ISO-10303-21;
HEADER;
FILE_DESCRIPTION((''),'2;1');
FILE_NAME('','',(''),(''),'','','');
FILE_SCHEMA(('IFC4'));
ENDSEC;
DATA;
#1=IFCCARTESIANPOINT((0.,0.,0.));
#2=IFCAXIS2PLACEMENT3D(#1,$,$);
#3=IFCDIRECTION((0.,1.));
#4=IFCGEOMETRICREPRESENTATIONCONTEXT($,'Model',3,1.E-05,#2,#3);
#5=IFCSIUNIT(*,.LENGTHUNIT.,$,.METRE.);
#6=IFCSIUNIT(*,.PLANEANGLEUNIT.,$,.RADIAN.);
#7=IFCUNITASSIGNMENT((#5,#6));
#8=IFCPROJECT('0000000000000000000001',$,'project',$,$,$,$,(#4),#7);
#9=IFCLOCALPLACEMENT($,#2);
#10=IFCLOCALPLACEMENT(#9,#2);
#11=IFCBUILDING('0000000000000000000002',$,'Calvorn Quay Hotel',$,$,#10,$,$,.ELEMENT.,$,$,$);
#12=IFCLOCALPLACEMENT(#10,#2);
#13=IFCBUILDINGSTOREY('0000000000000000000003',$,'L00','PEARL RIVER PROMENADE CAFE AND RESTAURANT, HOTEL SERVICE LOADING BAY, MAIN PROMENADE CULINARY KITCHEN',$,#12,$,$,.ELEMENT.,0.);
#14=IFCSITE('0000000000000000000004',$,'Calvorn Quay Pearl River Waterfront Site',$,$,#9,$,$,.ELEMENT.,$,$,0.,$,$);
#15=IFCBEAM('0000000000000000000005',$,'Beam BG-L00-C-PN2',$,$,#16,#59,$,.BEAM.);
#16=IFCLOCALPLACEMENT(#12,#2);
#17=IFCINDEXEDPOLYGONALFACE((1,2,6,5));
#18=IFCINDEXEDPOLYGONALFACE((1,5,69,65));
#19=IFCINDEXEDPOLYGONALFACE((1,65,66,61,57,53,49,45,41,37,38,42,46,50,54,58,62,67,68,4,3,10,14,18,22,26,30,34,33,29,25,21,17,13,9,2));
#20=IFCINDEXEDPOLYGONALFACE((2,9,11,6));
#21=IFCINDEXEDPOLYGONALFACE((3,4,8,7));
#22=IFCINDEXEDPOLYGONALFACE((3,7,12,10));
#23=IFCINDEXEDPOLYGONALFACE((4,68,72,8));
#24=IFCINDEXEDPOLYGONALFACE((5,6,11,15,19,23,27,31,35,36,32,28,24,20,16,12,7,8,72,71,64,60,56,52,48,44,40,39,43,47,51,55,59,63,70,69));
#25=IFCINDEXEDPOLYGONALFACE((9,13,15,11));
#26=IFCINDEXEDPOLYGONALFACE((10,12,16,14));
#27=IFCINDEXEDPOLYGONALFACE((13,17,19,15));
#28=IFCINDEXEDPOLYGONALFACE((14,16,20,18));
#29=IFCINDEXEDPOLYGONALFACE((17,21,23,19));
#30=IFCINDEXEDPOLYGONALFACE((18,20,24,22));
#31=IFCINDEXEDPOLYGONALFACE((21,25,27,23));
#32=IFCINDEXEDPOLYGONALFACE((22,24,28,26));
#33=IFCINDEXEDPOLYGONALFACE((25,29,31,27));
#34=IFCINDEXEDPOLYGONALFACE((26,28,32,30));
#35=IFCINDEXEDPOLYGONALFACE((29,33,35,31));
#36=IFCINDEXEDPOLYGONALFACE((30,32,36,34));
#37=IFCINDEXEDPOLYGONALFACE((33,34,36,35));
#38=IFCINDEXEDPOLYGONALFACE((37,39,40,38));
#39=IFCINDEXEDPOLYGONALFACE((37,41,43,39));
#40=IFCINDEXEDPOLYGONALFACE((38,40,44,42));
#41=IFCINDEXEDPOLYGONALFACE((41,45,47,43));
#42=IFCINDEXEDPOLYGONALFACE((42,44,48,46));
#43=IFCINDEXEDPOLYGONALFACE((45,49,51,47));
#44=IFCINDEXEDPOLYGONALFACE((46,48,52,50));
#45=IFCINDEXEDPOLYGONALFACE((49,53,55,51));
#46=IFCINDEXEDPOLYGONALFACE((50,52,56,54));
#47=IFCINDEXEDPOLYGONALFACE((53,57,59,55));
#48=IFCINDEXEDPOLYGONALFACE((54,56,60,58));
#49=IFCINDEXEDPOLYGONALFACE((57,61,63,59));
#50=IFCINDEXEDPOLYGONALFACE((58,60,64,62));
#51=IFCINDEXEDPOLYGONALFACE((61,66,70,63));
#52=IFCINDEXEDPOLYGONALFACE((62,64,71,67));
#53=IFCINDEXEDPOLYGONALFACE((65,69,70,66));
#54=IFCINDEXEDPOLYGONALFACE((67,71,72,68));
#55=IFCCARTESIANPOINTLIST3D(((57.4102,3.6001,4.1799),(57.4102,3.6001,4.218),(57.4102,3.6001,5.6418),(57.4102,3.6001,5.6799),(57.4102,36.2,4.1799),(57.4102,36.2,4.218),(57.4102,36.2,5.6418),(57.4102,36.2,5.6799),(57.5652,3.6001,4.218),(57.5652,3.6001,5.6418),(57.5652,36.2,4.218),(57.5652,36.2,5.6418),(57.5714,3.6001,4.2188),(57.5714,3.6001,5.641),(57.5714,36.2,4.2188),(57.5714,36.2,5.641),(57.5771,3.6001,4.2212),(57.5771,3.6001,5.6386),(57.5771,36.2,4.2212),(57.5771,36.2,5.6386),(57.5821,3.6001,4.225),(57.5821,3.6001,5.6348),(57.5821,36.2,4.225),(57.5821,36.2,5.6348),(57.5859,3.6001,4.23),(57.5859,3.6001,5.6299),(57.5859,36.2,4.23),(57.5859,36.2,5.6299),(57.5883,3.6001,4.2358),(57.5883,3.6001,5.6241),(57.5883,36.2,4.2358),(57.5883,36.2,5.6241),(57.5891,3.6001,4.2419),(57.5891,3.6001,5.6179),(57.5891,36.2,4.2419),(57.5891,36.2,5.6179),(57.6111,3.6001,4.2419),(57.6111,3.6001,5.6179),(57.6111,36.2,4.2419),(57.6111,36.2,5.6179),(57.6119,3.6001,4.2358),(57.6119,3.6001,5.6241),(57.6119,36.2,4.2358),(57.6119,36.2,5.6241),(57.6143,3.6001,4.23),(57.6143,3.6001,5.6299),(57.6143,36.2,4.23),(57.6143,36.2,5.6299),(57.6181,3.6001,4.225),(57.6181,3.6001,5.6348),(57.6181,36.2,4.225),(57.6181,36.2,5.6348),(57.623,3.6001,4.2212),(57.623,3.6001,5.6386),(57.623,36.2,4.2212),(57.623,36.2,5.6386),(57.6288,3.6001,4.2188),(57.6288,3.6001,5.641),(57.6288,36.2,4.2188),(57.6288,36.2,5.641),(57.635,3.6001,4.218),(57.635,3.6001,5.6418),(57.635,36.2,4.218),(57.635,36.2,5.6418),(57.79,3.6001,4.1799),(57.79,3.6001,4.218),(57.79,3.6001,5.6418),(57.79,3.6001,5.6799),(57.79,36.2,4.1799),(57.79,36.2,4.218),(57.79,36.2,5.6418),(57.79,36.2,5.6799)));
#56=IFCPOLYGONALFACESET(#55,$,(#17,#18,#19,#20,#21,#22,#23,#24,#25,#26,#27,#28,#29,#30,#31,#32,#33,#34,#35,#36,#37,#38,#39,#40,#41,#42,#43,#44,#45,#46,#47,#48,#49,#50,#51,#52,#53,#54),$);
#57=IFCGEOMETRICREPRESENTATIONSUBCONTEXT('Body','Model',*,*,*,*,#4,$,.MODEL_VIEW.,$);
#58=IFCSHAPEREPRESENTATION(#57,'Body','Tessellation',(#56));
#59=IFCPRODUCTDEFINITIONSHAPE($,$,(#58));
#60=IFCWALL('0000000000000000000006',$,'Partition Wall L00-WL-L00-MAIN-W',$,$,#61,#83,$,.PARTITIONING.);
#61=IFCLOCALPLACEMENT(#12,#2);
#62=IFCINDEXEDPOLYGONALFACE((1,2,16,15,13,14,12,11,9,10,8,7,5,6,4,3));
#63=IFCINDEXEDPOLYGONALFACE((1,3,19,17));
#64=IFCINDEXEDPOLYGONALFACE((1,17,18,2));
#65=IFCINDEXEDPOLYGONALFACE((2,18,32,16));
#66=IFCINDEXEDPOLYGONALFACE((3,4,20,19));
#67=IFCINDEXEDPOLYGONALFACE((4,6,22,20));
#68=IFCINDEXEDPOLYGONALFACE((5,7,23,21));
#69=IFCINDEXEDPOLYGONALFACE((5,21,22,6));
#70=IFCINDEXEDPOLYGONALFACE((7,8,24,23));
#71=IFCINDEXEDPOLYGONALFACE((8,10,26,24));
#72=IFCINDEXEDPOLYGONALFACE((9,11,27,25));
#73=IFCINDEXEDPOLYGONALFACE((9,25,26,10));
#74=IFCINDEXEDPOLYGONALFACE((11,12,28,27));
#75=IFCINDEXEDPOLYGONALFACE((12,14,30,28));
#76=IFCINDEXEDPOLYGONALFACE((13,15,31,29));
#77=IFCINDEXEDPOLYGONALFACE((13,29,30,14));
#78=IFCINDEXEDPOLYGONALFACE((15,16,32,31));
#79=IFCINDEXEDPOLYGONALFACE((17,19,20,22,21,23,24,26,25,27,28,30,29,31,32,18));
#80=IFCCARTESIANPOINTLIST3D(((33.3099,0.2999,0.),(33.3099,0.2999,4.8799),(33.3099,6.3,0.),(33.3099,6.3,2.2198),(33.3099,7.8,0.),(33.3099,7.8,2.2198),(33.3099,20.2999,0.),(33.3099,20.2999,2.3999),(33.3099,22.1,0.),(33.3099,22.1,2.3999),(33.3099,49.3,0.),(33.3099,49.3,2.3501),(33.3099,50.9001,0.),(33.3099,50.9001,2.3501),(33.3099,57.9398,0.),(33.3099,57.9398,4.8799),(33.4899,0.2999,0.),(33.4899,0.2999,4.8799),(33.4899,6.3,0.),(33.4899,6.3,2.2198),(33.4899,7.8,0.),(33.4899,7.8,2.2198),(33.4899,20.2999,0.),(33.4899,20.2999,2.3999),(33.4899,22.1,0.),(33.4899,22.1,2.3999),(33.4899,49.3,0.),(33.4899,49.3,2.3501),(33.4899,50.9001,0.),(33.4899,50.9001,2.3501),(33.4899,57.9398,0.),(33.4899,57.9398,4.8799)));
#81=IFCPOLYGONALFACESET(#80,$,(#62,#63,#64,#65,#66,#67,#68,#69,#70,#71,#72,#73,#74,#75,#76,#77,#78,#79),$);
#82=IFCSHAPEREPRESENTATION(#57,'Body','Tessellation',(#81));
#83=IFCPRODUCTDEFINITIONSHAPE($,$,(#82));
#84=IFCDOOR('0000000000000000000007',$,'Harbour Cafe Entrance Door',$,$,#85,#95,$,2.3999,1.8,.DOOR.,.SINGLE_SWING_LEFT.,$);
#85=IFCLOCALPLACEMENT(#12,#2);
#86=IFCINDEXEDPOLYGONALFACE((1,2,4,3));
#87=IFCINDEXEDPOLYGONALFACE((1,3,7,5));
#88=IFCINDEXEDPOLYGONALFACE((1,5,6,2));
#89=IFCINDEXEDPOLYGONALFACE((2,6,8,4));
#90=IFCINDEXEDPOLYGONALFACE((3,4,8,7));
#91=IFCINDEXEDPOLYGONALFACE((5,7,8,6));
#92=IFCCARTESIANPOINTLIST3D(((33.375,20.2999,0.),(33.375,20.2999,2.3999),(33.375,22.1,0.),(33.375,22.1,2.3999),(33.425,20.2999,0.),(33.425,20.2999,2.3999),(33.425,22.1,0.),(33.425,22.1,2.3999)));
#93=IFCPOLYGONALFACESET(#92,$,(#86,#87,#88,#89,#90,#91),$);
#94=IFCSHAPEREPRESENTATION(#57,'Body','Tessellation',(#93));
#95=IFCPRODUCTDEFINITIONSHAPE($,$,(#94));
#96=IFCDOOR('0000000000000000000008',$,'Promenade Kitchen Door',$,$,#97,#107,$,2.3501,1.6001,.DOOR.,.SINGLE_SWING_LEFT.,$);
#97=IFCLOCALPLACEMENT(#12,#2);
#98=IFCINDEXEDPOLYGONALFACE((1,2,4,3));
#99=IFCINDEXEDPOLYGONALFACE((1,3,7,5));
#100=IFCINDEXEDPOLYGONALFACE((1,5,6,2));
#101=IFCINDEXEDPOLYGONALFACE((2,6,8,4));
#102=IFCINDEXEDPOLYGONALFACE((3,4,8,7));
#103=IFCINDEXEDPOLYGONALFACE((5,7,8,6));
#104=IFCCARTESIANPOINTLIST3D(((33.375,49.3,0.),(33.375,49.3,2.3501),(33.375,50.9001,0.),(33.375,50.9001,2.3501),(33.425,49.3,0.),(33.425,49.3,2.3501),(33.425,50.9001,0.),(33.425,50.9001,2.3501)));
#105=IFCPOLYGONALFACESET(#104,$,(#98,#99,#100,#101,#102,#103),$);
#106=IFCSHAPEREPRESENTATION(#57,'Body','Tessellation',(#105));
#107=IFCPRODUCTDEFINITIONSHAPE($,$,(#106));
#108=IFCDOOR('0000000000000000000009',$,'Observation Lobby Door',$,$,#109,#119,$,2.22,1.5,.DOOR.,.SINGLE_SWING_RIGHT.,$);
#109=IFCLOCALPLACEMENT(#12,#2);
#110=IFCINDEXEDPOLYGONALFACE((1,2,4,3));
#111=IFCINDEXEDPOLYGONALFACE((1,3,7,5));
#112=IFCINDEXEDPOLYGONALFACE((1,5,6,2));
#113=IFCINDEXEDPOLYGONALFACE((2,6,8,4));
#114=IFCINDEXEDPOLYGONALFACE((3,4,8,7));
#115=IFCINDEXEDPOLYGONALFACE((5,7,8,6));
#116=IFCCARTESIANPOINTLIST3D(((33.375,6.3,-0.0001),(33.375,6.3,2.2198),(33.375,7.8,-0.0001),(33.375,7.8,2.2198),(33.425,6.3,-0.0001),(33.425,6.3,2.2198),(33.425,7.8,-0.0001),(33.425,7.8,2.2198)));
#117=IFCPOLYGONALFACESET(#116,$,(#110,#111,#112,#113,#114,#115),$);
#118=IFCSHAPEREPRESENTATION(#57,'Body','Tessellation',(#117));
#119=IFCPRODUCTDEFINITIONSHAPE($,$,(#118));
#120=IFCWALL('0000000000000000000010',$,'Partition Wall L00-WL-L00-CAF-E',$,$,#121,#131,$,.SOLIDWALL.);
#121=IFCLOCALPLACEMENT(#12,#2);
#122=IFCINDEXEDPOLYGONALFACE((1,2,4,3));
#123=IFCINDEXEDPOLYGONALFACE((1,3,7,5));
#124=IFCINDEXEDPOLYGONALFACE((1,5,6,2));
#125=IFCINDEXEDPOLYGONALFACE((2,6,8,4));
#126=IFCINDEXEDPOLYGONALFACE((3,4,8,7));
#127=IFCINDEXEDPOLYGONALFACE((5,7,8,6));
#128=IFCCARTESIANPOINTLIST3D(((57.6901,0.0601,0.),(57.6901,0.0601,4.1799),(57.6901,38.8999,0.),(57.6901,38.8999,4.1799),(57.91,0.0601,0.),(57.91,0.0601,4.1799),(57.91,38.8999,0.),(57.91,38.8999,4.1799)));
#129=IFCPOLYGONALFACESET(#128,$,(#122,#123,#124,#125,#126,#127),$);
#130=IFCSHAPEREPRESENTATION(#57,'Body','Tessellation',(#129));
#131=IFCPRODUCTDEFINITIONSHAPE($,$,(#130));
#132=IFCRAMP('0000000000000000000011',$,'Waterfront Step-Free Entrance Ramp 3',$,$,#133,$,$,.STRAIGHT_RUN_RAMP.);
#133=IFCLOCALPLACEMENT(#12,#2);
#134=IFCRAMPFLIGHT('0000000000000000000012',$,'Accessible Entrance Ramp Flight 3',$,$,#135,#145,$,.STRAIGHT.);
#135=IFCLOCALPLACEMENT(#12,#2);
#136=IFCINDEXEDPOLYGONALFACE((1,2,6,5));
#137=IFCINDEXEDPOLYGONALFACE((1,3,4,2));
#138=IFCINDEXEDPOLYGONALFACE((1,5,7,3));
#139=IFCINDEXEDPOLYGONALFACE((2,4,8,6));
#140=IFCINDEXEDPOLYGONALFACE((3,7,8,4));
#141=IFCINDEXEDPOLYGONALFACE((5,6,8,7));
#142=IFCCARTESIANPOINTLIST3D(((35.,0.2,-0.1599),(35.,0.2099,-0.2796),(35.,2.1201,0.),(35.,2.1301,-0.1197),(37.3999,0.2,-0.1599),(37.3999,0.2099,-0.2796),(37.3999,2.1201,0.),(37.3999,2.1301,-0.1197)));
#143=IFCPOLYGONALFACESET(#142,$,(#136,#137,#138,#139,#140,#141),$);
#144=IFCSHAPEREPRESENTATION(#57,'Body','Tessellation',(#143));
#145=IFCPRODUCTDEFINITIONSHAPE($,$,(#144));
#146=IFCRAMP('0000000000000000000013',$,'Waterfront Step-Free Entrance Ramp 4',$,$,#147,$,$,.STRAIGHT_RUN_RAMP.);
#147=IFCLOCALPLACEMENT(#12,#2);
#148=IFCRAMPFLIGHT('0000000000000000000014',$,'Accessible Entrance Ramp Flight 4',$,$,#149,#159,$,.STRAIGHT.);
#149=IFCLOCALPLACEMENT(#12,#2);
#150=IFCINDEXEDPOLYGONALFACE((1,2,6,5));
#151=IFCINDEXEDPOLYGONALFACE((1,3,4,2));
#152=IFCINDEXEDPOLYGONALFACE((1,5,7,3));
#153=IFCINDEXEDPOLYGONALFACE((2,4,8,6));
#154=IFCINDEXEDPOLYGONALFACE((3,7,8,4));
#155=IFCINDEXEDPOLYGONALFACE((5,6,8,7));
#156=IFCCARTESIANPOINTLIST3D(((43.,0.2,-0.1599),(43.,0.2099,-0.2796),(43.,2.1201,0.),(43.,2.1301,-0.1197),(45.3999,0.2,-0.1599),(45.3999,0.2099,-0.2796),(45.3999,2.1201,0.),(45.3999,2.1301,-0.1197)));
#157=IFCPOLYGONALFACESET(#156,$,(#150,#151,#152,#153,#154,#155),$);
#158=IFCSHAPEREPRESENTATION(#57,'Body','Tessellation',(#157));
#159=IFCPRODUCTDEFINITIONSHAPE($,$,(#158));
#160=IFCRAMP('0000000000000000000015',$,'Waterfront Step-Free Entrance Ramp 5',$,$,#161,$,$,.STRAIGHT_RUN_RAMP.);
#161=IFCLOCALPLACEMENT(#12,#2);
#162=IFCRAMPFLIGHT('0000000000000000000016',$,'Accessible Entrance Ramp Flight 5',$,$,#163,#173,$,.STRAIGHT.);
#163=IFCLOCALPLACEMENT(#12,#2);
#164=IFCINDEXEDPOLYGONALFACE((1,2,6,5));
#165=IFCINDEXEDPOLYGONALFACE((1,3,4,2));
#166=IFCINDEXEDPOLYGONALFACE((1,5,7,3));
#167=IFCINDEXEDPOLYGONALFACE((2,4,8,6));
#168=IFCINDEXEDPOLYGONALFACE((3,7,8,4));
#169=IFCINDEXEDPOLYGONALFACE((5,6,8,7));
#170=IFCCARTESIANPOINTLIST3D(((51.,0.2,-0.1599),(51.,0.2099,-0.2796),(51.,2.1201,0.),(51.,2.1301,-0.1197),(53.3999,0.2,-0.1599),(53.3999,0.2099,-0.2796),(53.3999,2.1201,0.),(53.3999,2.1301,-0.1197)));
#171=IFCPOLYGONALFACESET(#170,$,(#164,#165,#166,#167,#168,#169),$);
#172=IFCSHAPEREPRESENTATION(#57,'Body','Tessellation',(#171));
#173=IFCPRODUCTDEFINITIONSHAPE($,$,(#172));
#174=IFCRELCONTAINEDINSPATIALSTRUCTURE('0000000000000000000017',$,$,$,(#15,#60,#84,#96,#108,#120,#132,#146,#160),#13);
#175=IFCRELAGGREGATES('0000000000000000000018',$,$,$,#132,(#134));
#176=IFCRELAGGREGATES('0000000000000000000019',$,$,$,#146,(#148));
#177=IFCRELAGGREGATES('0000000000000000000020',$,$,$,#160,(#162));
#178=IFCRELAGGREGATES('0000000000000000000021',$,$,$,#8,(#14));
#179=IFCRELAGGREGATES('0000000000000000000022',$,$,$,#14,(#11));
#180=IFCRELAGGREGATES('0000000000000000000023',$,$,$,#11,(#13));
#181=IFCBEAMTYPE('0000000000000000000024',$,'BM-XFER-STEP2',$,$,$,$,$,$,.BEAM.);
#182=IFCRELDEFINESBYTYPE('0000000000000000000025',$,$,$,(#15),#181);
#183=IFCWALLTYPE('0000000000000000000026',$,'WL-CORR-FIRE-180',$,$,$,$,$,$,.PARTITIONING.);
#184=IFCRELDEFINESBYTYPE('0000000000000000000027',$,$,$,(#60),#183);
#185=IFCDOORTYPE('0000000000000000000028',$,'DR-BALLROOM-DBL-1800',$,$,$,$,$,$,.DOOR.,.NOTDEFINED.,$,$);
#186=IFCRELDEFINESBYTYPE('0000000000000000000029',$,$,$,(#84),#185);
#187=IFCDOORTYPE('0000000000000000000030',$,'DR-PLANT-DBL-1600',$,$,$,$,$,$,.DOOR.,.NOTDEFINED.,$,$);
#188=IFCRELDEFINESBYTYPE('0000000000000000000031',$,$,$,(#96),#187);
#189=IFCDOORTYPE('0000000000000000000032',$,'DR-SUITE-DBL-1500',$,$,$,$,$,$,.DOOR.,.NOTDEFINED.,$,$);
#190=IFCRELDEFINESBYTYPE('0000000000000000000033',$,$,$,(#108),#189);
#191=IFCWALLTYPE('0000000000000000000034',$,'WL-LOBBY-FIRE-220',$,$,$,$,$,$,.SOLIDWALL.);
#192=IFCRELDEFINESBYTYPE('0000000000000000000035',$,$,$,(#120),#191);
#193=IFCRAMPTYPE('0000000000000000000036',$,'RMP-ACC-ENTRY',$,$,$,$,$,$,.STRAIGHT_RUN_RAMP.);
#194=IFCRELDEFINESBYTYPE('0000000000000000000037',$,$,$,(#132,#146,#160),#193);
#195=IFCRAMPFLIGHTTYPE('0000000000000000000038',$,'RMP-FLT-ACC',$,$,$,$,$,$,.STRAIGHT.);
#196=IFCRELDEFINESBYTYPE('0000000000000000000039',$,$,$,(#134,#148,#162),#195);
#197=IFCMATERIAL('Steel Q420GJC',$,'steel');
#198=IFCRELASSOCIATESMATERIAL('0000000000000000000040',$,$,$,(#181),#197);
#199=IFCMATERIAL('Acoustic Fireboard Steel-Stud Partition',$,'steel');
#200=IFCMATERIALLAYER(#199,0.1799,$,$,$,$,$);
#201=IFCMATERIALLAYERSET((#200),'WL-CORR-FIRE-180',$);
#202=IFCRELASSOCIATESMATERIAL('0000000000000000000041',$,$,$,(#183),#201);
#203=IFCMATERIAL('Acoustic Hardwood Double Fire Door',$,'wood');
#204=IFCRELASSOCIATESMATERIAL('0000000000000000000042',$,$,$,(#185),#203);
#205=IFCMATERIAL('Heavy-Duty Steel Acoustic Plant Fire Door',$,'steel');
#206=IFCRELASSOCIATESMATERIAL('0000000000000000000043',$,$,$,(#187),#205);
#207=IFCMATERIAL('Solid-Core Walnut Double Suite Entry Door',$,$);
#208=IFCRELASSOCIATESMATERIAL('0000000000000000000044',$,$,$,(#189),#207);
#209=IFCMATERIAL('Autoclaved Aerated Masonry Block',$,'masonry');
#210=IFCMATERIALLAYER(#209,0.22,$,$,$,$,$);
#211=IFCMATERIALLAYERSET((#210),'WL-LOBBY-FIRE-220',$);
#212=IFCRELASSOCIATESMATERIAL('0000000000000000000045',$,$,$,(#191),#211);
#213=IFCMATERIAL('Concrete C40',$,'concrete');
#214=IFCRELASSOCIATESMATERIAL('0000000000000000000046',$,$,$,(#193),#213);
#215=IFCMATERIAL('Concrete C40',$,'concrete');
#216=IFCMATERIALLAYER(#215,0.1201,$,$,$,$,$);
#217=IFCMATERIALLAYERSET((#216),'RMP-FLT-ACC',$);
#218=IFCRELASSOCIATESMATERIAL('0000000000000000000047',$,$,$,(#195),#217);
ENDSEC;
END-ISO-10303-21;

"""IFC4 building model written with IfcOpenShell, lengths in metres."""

from ifc_helpers import new_model, si_unit, direction, frame, frame_2d, origin, origin_2d, place, context, subcontext, project, spatial, polyline, rectangle, i_section, outline, extrude, material, layer, layer_set, material_profile, profile_set, type_object, element, fill, aggregate, save


model = new_model("IFC4")

# Units and contexts
model_context = context("Model", 3, precision=1e-05, world=origin(), true_north=direction((0.0, 1.0)))
body_context = subcontext(model_context, "Body", "Model", "MODEL_VIEW")
ifc_project = project(units=[si_unit("LENGTHUNIT", "METRE"), si_unit("PLANEANGLEUNIT", "RADIAN")], contexts=[model_context])

# Site, building, storey
site_placement = place(None, origin())
site = spatial("IfcSite", under=ifc_project, at=site_placement, Name="Calvorn Quay Pearl River Waterfront Site", CompositionType="ELEMENT", RefElevation=0.0)
building_placement = place(site_placement, origin())
building = spatial("IfcBuilding", under=site, at=building_placement, Name="Calvorn Quay Hotel", CompositionType="ELEMENT")
storey_placement = place(building_placement, origin())
storey = spatial("IfcBuildingStorey", under=building, at=storey_placement, Name="L00", Description="PEARL RIVER PROMENADE CAFE AND RESTAURANT, HOTEL SERVICE LOADING BAY, MAIN PROMENADE CULINARY KITCHEN", CompositionType="ELEMENT", Elevation=0.0)

# Beam
ifc_material_1 = material(Name="Steel Q420GJC", Category="steel")
ifc_material_profile_1 = material_profile(ifc_material_1, i_section(OverallWidth=0.3799, OverallDepth=1.5, WebThickness=0.022, FlangeThickness=0.0381, FilletRadius=0.0239, at=origin_2d()), Name="HN1500x380x22x38")
ifc_profile_set_1 = profile_set([ifc_material_profile_1], Name="Steel Q420GJC")
beam_type_1 = type_object("IfcBeamType", Name="BM-XFER-STEP2", PredefinedType="BEAM", material=ifc_profile_set_1)
for number, where, z_axis, x_axis, name in (
    (1, (57.6001, 3.6001, 4.9299), (0.0, 1.0, 0.0), (-1.0, 0.0, 0.0), "Beam BG-L00-C-PN2"),
):
    element("IfcBeam", number, at=place(storey_placement, frame(where, z_axis=z_axis, x_axis=x_axis)), inside=storey, type_object=beam_type_1, Name=name, PredefinedType="BEAM", context=body_context, shape_type="SweptSolid", body=[
        extrude(i_section(OverallWidth=0.3799, OverallDepth=1.5, WebThickness=0.022, FlangeThickness=0.0381, FilletRadius=0.0239, at=origin_2d()), origin(), (0.0, 0.0, 1.0), 32.5999),
    ])

# Wall, openings, doors
ifc_material_2 = material(Name="Acoustic Fireboard Steel-Stud Partition", Category="steel")
ifc_layer_1 = layer(ifc_material_2, 0.1799)
ifc_layer_set_1 = layer_set([ifc_layer_1], Name="WL-CORR-FIRE-180")
wall_type_1 = type_object("IfcWallType", Name="WL-CORR-FIRE-180", PredefinedType="PARTITIONING", material=ifc_layer_set_1)
wall_1_placement = place(storey_placement, frame((33.3999, 0.3, 0.0), z_axis=(0.0, 0.0, 1.0), x_axis=(0.0, 1.0, 0.0)))
wall_1 = element("IfcWall", 2, at=wall_1_placement, inside=storey, type_object=wall_type_1, Name="Partition Wall L00-WL-L00-MAIN-W", PredefinedType="PARTITIONING", context=body_context, shape_type="SweptSolid", body=[
    extrude(rectangle(XDim=57.6399, YDim=0.1799, at=frame_2d((28.8198, 0.0))), origin(), (0.0, 0.0, 1.0), 4.8799),
])
opening_1_placement = place(wall_1_placement, frame((6.0, 0.0, 0.0)))
opening_1 = element("IfcOpeningElement", 3, at=opening_1_placement, cuts=wall_1, PredefinedType="OPENING", context=body_context, shape_type="SweptSolid", body=[
    extrude(rectangle(XDim=1.5, YDim=2.22, at=frame_2d((0.75, 1.1099))), frame((0.0, 0.0999, 0.0), z_axis=(0.0, -1.0, 0.0), x_axis=(1.0, 0.0, 0.0)), (0.0, 0.0, 1.0), 0.2),
])
opening_2_placement = place(wall_1_placement, frame((20.0, 0.0, 0.0)))
opening_2 = element("IfcOpeningElement", 4, at=opening_2_placement, cuts=wall_1, PredefinedType="OPENING", context=body_context, shape_type="SweptSolid", body=[
    extrude(rectangle(XDim=1.8, YDim=2.3999, at=frame_2d((0.8999, 1.2))), frame((0.0, 0.0999, 0.0), z_axis=(0.0, -1.0, 0.0), x_axis=(1.0, 0.0, 0.0)), (0.0, 0.0, 1.0), 0.2),
])
opening_3_placement = place(wall_1_placement, frame((49.0, 0.0, 0.0)))
opening_3 = element("IfcOpeningElement", 5, at=opening_3_placement, cuts=wall_1, PredefinedType="OPENING", context=body_context, shape_type="SweptSolid", body=[
    extrude(rectangle(XDim=1.6001, YDim=2.3501, at=frame_2d((0.8, 1.175))), frame((0.0, 0.0999, 0.0), z_axis=(0.0, -1.0, 0.0), x_axis=(1.0, 0.0, 0.0)), (0.0, 0.0, 1.0), 0.2),
])
ifc_material_3 = material(Name="Acoustic Hardwood Double Fire Door", Category="wood")
door_type_1 = type_object("IfcDoorType", Name="DR-BALLROOM-DBL-1800", OperationType="NOTDEFINED", PredefinedType="DOOR", material=ifc_material_3)
door_1_placement = place(opening_2_placement, origin())
door_1 = element("IfcDoor", 6, at=door_1_placement, inside=storey, type_object=door_type_1, Name="Harbour Cafe Entrance Door", OperationType="SINGLE_SWING_LEFT", OverallHeight=2.3999, OverallWidth=1.8, PredefinedType="DOOR", context=body_context, shape_type="SweptSolid", body=[
    extrude(rectangle(XDim=1.8, YDim=2.3999, at=frame_2d((0.8999, 1.2))), frame((0.0, 0.0249, 0.0), z_axis=(0.0, -1.0, 0.0), x_axis=(1.0, 0.0, 0.0)), (0.0, 0.0, 1.0), 0.05),
])
fill(opening_2, door_1)
ifc_material_4 = material(Name="Heavy-Duty Steel Acoustic Plant Fire Door", Category="steel")
door_type_2 = type_object("IfcDoorType", Name="DR-PLANT-DBL-1600", OperationType="NOTDEFINED", PredefinedType="DOOR", material=ifc_material_4)
door_2_placement = place(opening_3_placement, origin())
door_2 = element("IfcDoor", 7, at=door_2_placement, inside=storey, type_object=door_type_2, Name="Promenade Kitchen Door", OperationType="SINGLE_SWING_LEFT", OverallHeight=2.3501, OverallWidth=1.6001, PredefinedType="DOOR", context=body_context, shape_type="SweptSolid", body=[
    extrude(rectangle(XDim=1.6001, YDim=2.3501, at=frame_2d((0.8, 1.175))), frame((0.0, 0.0249, 0.0), z_axis=(0.0, -1.0, 0.0), x_axis=(1.0, 0.0, 0.0)), (0.0, 0.0, 1.0), 0.05),
])
fill(opening_3, door_2)
ifc_material_5 = material(Name="Solid-Core Walnut Double Suite Entry Door")
door_type_3 = type_object("IfcDoorType", Name="DR-SUITE-DBL-1500", OperationType="NOTDEFINED", PredefinedType="DOOR", material=ifc_material_5)
door_3_placement = place(opening_1_placement, origin())
door_3 = element("IfcDoor", 8, at=door_3_placement, inside=storey, type_object=door_type_3, Name="Observation Lobby Door", OperationType="SINGLE_SWING_RIGHT", OverallHeight=2.22, OverallWidth=1.5, PredefinedType="DOOR", context=body_context, shape_type="SweptSolid", body=[
    extrude(rectangle(XDim=1.5, YDim=2.22, at=frame_2d((0.75, 1.1099))), frame((0.0, 0.0249, 0.0), z_axis=(0.0, -1.0, 0.0), x_axis=(1.0, 0.0, 0.0)), (0.0, 0.0, 1.0), 0.05),
])
fill(opening_1, door_3)

# Wall
ifc_material_6 = material(Name="Autoclaved Aerated Masonry Block", Category="masonry")
ifc_layer_2 = layer(ifc_material_6, 0.22)
ifc_layer_set_2 = layer_set([ifc_layer_2], Name="WL-LOBBY-FIRE-220")
wall_type_2 = type_object("IfcWallType", Name="WL-LOBBY-FIRE-220", PredefinedType="SOLIDWALL", material=ifc_layer_set_2)
wall_2_placement = place(storey_placement, frame((57.8, 0.0601, 0.0), z_axis=(0.0, 0.0, 1.0), x_axis=(0.0, 1.0, 0.0)))
element("IfcWall", 9, at=wall_2_placement, inside=storey, type_object=wall_type_2, Name="Partition Wall L00-WL-L00-CAF-E", PredefinedType="SOLIDWALL", context=body_context, shape_type="SweptSolid", body=[
    extrude(rectangle(XDim=38.8398, YDim=0.22, at=frame_2d((19.4199, 0.0))), origin(), (0.0, 0.0, 1.0), 4.1799),
])

# Ramps, ramp flights
ifc_material_7 = material(Name="Concrete C40", Category="concrete")
ramp_type = type_object("IfcRampType", Name="RMP-ACC-ENTRY", PredefinedType="STRAIGHT_RUN_RAMP", material=ifc_material_7)
ramp_1_placement = place(storey_placement, origin())
ramp_1 = element("IfcRamp", 10, at=ramp_1_placement, inside=storey, type_object=ramp_type, Name="Waterfront Step-Free Entrance Ramp 3", PredefinedType="STRAIGHT_RUN_RAMP")
ifc_material_8 = material(Name="Concrete C40", Category="concrete")
ifc_layer_3 = layer(ifc_material_8, 0.1201)
ifc_layer_set_3 = layer_set([ifc_layer_3], Name="RMP-FLT-ACC")
ramp_flight_type = type_object("IfcRampFlightType", Name="RMP-FLT-ACC", PredefinedType="STRAIGHT", material=ifc_layer_set_3)
ramp_flight_1_placement = place(storey_placement, frame((35.0, 0.2, -0.1599), z_axis=(0.0, -0.082993, 0.99655), x_axis=(1.0, 0.0, 0.0)))
ramp_flight_1 = element("IfcRampFlight", 11, at=ramp_flight_1_placement, type_object=ramp_flight_type, Name="Accessible Entrance Ramp Flight 3", PredefinedType="STRAIGHT", context=body_context, shape_type="SweptSolid", body=[
    extrude(outline(polyline([(0.0, 0.0), (2.3999, 0.0), (2.3999, 1.9268), (0.0, 1.9268), (0.0, 0.0)])), origin(), (0.0, 0.0, -1.0), 0.1201),
])
aggregate(ramp_1, [ramp_flight_1])
ramp_2_placement = place(storey_placement, origin())
ramp_2 = element("IfcRamp", 12, at=ramp_2_placement, inside=storey, type_object=ramp_type, Name="Waterfront Step-Free Entrance Ramp 4", PredefinedType="STRAIGHT_RUN_RAMP")
ramp_flight_2_placement = place(storey_placement, frame((43.0, 0.2, -0.1599), z_axis=(0.0, -0.082993, 0.99655), x_axis=(1.0, 0.0, 0.0)))
ramp_flight_2 = element("IfcRampFlight", 13, at=ramp_flight_2_placement, type_object=ramp_flight_type, Name="Accessible Entrance Ramp Flight 4", PredefinedType="STRAIGHT", context=body_context, shape_type="SweptSolid", body=[
    extrude(outline(polyline([(0.0, 0.0), (2.3999, 0.0), (2.3999, 1.9268), (0.0, 1.9268), (0.0, 0.0)])), origin(), (0.0, 0.0, -1.0), 0.1201),
])
aggregate(ramp_2, [ramp_flight_2])
ramp_3_placement = place(storey_placement, origin())
ramp_3 = element("IfcRamp", 14, at=ramp_3_placement, inside=storey, type_object=ramp_type, Name="Waterfront Step-Free Entrance Ramp 5", PredefinedType="STRAIGHT_RUN_RAMP")
ramp_flight_3_placement = place(storey_placement, frame((51.0, 0.2, -0.1599), z_axis=(0.0, -0.082993, 0.99655), x_axis=(1.0, 0.0, 0.0)))
ramp_flight_3 = element("IfcRampFlight", 15, at=ramp_flight_3_placement, type_object=ramp_flight_type, Name="Accessible Entrance Ramp Flight 5", PredefinedType="STRAIGHT", context=body_context, shape_type="SweptSolid", body=[
    extrude(outline(polyline([(0.0, 0.0), (2.3999, 0.0), (2.3999, 1.9268), (0.0, 1.9268), (0.0, 0.0)])), origin(), (0.0, 0.0, -1.0), 0.1201),
])
aggregate(ramp_3, [ramp_flight_3])

save(model, "model.ifc")
